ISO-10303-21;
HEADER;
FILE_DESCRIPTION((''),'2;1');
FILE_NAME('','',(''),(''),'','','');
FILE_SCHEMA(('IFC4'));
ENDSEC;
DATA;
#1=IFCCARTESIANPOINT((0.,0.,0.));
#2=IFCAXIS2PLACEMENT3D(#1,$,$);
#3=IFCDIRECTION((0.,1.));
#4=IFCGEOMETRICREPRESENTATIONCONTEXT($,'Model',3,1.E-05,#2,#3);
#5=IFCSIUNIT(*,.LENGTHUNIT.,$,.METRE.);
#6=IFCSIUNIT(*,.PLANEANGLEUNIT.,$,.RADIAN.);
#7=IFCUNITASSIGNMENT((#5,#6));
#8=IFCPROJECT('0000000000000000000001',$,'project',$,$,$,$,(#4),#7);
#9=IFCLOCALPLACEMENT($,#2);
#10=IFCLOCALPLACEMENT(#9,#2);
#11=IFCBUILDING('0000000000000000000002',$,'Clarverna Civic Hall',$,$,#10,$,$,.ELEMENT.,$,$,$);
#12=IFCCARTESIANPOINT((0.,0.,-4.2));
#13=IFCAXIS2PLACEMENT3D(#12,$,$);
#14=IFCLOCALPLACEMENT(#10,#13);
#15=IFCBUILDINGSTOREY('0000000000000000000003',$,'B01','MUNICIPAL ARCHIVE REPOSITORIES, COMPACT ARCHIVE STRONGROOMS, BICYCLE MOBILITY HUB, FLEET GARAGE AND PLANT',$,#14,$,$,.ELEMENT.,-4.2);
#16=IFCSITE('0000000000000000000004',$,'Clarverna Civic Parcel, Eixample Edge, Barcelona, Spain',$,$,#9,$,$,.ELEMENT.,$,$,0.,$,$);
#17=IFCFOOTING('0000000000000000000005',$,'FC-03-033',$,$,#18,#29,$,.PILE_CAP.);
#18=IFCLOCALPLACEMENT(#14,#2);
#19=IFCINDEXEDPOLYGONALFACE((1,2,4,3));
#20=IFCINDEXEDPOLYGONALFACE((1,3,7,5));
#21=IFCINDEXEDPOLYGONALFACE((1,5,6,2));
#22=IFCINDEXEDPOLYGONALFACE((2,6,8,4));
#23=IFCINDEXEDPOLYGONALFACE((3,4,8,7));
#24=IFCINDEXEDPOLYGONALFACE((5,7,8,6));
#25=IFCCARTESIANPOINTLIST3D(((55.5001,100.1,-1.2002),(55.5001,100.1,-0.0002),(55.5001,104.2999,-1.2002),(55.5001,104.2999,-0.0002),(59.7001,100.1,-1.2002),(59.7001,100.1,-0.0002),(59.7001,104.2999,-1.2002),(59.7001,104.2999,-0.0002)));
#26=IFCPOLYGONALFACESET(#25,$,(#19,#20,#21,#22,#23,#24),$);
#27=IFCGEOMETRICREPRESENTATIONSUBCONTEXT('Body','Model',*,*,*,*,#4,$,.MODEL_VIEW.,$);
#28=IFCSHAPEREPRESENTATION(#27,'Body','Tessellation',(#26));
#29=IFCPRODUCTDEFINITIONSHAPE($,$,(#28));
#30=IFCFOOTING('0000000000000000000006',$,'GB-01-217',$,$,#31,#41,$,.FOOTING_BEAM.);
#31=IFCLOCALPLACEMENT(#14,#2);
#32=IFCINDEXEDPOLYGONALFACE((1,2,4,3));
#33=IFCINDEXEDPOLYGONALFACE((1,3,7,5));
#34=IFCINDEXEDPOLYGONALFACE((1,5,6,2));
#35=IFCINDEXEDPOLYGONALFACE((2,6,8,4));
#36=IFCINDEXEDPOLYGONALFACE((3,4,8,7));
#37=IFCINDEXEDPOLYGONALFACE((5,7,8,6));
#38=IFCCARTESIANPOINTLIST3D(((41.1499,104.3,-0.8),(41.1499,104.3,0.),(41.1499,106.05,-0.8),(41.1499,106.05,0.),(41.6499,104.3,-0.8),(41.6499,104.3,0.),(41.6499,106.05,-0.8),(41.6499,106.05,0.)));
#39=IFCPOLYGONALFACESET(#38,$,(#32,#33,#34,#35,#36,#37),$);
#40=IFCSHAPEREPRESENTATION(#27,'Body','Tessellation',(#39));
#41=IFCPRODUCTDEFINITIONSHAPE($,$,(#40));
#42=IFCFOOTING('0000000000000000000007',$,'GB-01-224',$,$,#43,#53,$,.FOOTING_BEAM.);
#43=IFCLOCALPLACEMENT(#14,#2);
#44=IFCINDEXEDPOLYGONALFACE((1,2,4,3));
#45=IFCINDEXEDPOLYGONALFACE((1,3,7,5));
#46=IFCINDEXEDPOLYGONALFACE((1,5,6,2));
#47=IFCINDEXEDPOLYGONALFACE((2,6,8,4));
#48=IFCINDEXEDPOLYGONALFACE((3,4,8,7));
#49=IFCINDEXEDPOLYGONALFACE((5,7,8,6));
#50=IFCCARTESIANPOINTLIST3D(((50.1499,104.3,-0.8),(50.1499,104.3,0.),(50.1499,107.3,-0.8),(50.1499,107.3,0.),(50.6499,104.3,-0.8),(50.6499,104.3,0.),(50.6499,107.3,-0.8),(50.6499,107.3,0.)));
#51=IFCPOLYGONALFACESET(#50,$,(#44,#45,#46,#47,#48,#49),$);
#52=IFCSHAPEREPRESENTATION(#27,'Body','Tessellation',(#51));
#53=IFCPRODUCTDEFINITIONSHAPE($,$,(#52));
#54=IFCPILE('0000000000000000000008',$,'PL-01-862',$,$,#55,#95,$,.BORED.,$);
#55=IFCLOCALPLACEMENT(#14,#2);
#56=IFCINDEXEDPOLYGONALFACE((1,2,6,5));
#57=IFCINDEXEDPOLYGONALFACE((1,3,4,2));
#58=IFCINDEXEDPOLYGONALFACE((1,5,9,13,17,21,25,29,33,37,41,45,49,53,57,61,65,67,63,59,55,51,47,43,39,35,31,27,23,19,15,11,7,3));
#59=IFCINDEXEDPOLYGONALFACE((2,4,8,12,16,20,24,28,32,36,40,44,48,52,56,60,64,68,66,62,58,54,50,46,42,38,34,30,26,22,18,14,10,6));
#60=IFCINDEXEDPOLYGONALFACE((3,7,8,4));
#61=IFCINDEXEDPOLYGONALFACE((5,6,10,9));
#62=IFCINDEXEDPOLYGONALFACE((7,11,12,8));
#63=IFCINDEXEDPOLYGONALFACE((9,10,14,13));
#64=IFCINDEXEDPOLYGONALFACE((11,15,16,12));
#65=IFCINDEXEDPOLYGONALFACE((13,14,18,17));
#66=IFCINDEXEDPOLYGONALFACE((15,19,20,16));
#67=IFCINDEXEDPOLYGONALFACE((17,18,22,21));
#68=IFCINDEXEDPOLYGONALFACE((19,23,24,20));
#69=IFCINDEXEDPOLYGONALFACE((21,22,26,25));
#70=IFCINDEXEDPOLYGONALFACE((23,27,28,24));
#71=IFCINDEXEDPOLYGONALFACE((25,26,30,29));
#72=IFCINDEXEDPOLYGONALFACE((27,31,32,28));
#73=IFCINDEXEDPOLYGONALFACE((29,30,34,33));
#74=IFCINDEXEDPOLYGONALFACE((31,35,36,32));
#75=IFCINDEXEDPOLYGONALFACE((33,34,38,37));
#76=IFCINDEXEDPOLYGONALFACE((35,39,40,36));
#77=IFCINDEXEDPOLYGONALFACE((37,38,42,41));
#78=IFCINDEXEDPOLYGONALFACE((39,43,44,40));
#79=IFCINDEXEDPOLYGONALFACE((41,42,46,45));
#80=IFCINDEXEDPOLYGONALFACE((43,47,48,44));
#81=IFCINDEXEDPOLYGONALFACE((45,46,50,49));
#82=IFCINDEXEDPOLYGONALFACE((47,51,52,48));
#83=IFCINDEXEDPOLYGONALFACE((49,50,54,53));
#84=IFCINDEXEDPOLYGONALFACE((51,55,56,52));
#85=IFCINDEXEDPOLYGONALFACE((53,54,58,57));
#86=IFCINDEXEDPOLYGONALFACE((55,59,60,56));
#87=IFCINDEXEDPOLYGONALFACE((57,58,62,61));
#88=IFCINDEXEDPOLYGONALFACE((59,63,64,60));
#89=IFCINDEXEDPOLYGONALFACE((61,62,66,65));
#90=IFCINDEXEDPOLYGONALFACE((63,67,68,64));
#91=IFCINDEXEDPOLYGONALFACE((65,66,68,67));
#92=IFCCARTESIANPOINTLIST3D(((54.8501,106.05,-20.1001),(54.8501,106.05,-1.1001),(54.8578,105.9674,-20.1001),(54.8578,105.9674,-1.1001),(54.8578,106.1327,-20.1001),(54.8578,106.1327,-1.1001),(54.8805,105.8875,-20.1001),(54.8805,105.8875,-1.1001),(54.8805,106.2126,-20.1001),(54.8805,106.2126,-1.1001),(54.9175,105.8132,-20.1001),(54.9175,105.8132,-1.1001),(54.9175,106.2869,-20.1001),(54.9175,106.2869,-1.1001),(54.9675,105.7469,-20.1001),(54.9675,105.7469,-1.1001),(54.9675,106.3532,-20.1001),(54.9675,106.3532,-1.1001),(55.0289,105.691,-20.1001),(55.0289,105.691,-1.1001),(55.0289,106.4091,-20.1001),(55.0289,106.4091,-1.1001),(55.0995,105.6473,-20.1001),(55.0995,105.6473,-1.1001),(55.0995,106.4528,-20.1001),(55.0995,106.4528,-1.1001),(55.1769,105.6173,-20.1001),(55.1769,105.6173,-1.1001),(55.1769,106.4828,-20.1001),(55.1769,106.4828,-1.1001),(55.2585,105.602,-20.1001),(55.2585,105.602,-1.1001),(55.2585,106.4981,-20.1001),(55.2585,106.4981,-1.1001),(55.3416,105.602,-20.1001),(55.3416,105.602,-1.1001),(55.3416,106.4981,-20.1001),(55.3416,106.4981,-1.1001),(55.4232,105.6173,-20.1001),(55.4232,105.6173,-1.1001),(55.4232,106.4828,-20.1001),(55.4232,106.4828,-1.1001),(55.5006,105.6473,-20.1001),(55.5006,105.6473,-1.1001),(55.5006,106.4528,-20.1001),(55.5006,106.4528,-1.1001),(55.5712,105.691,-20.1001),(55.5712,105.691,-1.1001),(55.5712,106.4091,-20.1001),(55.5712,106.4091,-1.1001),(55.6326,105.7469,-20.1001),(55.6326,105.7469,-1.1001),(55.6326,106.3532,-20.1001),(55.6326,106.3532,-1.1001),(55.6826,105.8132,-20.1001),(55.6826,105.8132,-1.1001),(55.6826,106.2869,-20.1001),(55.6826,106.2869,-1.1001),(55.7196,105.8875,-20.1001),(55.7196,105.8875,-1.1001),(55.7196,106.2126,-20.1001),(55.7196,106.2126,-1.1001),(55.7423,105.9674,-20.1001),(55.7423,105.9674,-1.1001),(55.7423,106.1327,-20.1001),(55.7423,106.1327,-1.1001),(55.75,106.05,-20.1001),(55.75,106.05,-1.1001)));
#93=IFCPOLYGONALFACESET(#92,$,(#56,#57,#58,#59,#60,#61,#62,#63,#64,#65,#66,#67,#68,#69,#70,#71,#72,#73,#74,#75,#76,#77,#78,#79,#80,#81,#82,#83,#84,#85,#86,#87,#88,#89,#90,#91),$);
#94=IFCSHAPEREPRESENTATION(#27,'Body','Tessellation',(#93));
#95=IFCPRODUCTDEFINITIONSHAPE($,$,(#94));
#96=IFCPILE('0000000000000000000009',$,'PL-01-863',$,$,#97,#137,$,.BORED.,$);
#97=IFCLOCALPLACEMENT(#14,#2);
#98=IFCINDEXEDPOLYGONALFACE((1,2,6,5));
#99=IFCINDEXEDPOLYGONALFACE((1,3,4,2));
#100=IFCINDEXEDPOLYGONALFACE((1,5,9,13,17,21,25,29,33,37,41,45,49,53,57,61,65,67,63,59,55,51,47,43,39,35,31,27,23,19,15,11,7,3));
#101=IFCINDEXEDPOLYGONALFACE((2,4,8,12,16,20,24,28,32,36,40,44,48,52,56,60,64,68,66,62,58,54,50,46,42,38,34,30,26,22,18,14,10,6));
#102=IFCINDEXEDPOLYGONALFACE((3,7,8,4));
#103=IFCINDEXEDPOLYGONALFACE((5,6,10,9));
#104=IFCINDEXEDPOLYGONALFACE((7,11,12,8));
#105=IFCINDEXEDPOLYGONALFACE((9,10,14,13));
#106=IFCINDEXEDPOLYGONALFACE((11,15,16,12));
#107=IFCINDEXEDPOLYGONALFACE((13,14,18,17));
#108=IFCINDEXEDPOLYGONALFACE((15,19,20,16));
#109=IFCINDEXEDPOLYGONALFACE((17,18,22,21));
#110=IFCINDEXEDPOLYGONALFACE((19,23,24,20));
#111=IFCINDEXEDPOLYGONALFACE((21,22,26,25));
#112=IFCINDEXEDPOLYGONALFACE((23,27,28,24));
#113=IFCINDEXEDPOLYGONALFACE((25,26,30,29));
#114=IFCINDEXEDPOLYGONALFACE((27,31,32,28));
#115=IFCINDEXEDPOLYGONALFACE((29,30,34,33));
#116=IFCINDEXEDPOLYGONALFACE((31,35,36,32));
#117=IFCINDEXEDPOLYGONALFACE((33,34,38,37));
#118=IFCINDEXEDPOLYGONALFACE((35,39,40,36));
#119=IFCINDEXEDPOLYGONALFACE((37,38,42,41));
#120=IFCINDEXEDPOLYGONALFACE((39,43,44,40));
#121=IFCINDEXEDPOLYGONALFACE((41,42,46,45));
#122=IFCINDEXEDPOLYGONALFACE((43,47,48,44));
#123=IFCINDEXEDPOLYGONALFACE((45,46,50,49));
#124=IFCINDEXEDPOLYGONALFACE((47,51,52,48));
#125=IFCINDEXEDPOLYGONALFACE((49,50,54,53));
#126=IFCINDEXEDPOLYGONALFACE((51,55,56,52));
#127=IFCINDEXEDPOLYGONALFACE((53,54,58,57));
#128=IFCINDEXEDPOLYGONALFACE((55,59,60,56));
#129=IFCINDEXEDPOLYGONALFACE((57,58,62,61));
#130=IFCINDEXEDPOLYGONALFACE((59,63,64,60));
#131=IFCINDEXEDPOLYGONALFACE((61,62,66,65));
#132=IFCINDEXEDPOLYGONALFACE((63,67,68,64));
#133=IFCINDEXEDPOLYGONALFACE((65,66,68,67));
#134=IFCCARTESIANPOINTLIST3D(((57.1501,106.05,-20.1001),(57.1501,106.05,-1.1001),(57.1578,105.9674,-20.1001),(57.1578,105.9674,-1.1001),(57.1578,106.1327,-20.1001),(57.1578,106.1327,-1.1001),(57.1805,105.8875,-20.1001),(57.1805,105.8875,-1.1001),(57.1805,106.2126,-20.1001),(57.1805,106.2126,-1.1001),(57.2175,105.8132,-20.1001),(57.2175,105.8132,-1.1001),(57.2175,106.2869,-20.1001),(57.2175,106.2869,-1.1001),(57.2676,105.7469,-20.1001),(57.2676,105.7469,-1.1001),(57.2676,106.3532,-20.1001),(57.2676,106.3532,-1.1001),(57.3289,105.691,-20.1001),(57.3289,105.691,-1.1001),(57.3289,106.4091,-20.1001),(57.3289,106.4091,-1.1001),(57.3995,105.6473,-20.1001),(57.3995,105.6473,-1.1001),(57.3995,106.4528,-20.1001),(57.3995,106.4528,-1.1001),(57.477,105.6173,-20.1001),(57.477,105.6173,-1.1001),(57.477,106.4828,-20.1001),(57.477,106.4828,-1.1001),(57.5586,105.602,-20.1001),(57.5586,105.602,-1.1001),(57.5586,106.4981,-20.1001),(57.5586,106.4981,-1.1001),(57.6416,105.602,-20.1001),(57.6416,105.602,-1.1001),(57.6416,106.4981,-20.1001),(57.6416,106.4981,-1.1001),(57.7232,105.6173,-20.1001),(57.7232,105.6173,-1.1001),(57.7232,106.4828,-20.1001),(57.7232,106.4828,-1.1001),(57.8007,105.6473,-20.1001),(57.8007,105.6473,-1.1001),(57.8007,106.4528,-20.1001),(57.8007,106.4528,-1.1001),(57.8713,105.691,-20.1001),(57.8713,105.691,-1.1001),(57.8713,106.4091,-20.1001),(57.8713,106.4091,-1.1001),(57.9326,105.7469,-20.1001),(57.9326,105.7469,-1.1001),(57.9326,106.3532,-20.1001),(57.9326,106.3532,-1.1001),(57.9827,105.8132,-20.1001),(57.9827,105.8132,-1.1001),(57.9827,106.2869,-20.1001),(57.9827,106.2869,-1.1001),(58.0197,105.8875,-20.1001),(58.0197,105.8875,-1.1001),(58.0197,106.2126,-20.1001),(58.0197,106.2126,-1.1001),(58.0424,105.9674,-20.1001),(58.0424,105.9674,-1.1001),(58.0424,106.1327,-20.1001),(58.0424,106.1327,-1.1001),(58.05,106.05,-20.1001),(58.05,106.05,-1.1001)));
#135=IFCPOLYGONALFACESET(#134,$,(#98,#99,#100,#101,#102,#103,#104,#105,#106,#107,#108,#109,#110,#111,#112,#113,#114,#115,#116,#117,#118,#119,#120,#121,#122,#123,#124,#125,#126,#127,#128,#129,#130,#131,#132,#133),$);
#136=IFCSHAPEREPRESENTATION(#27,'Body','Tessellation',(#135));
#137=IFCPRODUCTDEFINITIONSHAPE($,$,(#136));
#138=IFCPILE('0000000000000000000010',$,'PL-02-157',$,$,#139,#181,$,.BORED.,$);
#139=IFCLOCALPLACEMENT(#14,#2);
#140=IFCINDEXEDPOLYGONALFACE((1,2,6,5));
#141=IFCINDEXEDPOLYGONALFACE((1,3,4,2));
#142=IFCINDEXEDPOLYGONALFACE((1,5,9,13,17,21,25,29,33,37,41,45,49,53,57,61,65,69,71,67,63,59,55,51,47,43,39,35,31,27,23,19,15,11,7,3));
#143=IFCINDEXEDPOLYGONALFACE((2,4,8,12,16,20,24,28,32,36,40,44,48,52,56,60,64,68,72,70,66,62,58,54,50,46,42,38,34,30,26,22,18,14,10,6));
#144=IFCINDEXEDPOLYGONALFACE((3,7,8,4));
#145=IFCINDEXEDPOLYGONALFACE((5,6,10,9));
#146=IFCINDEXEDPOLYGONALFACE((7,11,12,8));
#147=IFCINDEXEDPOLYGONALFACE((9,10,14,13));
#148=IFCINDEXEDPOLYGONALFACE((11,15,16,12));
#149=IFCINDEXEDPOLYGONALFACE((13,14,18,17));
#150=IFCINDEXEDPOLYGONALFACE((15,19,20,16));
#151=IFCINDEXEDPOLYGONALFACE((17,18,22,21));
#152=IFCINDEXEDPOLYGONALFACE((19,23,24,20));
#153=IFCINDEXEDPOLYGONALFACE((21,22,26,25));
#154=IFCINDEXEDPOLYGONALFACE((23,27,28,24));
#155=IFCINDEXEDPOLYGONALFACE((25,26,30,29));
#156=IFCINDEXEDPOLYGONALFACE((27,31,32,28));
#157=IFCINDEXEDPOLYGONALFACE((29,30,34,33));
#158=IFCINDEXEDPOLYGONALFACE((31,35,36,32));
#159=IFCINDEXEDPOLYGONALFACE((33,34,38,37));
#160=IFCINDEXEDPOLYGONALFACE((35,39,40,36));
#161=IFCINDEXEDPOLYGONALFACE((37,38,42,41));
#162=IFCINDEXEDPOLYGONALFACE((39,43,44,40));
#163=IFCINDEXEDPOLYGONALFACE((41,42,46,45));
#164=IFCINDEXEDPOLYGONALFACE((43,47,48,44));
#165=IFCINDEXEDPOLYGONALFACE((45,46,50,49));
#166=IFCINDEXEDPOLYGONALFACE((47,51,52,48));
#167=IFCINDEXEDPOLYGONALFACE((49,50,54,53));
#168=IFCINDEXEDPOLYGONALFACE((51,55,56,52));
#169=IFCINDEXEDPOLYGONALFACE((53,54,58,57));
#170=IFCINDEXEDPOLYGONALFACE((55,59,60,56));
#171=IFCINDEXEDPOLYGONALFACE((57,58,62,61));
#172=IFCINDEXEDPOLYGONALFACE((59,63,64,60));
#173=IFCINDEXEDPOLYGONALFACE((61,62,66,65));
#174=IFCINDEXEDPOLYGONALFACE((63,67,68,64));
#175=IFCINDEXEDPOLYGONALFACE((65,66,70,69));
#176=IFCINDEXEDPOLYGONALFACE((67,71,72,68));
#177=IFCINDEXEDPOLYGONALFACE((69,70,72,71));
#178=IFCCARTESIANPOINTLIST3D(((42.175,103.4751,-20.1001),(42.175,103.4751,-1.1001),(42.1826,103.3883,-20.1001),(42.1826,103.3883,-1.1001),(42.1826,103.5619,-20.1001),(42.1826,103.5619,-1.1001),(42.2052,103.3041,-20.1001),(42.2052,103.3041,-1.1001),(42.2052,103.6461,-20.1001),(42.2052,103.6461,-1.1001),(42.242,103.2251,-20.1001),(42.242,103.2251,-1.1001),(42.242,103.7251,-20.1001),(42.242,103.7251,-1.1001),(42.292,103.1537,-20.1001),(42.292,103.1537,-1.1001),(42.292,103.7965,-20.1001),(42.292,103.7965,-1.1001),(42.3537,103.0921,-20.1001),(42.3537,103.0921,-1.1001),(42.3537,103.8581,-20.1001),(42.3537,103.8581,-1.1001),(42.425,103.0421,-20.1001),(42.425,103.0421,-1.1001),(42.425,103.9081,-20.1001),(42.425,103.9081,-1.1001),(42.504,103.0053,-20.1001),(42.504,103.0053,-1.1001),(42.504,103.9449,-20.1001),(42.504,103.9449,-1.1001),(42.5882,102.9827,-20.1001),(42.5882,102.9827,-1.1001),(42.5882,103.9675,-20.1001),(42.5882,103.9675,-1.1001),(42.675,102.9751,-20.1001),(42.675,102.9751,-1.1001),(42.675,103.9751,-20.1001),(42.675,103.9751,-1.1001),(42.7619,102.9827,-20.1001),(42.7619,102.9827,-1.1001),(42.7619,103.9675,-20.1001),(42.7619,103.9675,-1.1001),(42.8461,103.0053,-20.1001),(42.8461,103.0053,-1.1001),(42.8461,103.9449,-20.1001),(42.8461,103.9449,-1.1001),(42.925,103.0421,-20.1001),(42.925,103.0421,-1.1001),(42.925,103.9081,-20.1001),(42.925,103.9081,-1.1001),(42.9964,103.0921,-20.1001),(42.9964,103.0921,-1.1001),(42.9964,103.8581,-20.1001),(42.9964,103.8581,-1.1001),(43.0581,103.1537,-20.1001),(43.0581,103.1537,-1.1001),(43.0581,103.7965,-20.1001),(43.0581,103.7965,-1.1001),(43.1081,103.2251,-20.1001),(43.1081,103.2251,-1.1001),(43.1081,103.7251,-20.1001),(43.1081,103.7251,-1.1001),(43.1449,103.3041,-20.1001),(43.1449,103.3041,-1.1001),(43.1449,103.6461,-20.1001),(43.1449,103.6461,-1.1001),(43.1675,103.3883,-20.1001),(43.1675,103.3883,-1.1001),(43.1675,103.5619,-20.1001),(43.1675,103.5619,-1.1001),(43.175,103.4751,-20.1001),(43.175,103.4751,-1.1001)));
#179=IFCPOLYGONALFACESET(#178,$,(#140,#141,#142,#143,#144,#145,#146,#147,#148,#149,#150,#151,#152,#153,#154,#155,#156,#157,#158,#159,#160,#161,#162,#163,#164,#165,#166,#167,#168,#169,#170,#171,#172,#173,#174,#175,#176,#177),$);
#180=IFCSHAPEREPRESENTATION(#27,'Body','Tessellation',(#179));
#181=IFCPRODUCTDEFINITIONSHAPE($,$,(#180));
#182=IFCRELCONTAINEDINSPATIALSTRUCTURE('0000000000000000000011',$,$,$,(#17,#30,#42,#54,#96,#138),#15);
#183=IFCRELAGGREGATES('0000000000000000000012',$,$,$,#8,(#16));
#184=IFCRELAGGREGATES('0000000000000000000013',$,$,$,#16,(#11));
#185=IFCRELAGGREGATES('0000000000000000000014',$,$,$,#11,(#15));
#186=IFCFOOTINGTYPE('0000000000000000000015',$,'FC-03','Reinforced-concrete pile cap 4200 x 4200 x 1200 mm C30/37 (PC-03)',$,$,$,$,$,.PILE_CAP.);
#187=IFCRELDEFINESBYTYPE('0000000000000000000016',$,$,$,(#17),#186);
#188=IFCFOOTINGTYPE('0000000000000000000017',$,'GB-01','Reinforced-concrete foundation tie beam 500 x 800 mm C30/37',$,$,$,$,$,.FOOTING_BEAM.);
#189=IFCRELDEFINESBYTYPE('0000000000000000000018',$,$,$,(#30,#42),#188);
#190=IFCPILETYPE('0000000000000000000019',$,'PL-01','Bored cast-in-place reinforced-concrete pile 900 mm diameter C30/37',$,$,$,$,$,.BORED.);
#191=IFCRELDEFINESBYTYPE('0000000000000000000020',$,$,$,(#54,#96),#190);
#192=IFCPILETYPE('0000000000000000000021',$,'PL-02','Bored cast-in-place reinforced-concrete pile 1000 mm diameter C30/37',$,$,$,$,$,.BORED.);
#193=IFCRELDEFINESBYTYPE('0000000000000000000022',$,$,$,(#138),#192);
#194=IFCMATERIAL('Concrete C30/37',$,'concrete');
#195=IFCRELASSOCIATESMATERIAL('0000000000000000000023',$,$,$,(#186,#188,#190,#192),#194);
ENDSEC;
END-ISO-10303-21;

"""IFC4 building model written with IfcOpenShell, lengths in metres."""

from ifc_helpers import new_model, si_unit, direction, frame, frame_2d, origin, origin_2d, place, context, subcontext, project, spatial, rectangle, circle, extrude, material, material_profile, profile_set, type_object, element, save


model = new_model("IFC4")

# Units and contexts
model_context = context("Model", 3, precision=1e-05, world=origin(), true_north=direction((0.0, 1.0)))
body_context = subcontext(model_context, "Body", "Model", "MODEL_VIEW")
ifc_project = project(units=[si_unit("LENGTHUNIT", "METRE"), si_unit("PLANEANGLEUNIT", "RADIAN")], contexts=[model_context])

# Site, building, storey
site_placement = place(None, origin())
site = spatial("IfcSite", under=ifc_project, at=site_placement, Name="Clarverna Civic Parcel, Eixample Edge, Barcelona, Spain", CompositionType="ELEMENT", RefElevation=0.0)
building_placement = place(site_placement, origin())
building = spatial("IfcBuilding", under=site, at=building_placement, Name="Clarverna Civic Hall", CompositionType="ELEMENT")
storey_placement = place(building_placement, frame((0.0, 0.0, -4.2)))
storey = spatial("IfcBuildingStorey", under=building, at=storey_placement, Name="B01", Description="MUNICIPAL ARCHIVE REPOSITORIES, COMPACT ARCHIVE STRONGROOMS, BICYCLE MOBILITY HUB, FLEET GARAGE AND PLANT", CompositionType="ELEMENT", Elevation=-4.2)

# Footings
ifc_material_1 = material(Name="Concrete C30/37", Category="concrete")
footing_type_1 = type_object("IfcFootingType", Name="FC-03", Description="Reinforced-concrete pile cap 4200 x 4200 x 1200 mm C30/37 (PC-03)", PredefinedType="PILE_CAP", material=ifc_material_1)
footing_1_placement = place(storey_placement, frame((57.6001, 102.2, -1.2002), z_axis=(0.0, 0.0, 1.0), x_axis=(1.0, 0.0, 0.0)))
element("IfcFooting", 1, at=footing_1_placement, inside=storey, type_object=footing_type_1, Name="FC-03-033", PredefinedType="PILE_CAP", context=body_context, shape_type="SweptSolid", body=[
    extrude(rectangle(XDim=4.2, YDim=4.2, at=origin_2d()), origin(), (0.0, 0.0, 1.0), 1.2),
])
footing_type_2 = type_object("IfcFootingType", Name="GB-01", Description="Reinforced-concrete foundation tie beam 500 x 800 mm C30/37", PredefinedType="FOOTING_BEAM", material=ifc_material_1)
footing_2_placement = place(storey_placement, frame((41.3999, 104.3, -0.8), z_axis=(0.0, 0.0, 1.0), x_axis=(0.0, 1.0, 0.0)))
element("IfcFooting", 2, at=footing_2_placement, inside=storey, type_object=footing_type_2, Name="GB-01-217", PredefinedType="FOOTING_BEAM", context=body_context, shape_type="SweptSolid", body=[
    extrude(rectangle(XDim=1.75, YDim=0.5, at=frame_2d((0.875, 0.0))), origin(), (0.0, 0.0, 1.0), 0.8),
])
footing_3_placement = place(storey_placement, frame((50.3999, 104.3, -0.8), z_axis=(0.0, 0.0, 1.0), x_axis=(0.0, 1.0, 0.0)))
element("IfcFooting", 3, at=footing_3_placement, inside=storey, type_object=footing_type_2, Name="GB-01-224", PredefinedType="FOOTING_BEAM", context=body_context, shape_type="SweptSolid", body=[
    extrude(rectangle(XDim=3.0, YDim=0.5, at=frame_2d((1.5, 0.0))), origin(), (0.0, 0.0, 1.0), 0.8),
])

# Piles
ifc_material_profile_1 = material_profile(ifc_material_1, circle(Radius=0.45, at=origin_2d()), Name="BORED PILE D900")
ifc_profile_set_1 = profile_set([ifc_material_profile_1], Name="Concrete C30/37")
pile_type_1 = type_object("IfcPileType", Name="PL-01", Description="Bored cast-in-place reinforced-concrete pile 900 mm diameter C30/37", PredefinedType="BORED", material=ifc_profile_set_1)
for number, where, z_axis, x_axis, name in (
    (4, (55.3, 106.05, -1.1001), (0.0, 0.0, -1.0), (1.0, 0.0, 0.0), "PL-01-862"),
    (5, (57.6001, 106.05, -1.1001), (0.0, 0.0, -1.0), (1.0, 0.0, 0.0), "PL-01-863"),
):
    element("IfcPile", number, at=place(storey_placement, frame(where, z_axis=z_axis, x_axis=x_axis)), inside=storey, type_object=pile_type_1, Name=name, PredefinedType="BORED", context=body_context, shape_type="SweptSolid", body=[
        extrude(circle(Radius=0.45, at=origin_2d()), origin(), (0.0, 0.0, 1.0), 19.0),
    ])
ifc_material_profile_2 = material_profile(ifc_material_1, circle(Radius=0.5, at=origin_2d()), Name="BORED PILE D1000")
ifc_profile_set_2 = profile_set([ifc_material_profile_2], Name="Concrete C30/37")
pile_type_2 = type_object("IfcPileType", Name="PL-02", Description="Bored cast-in-place reinforced-concrete pile 1000 mm diameter C30/37", PredefinedType="BORED", material=ifc_profile_set_2)
for number, where, z_axis, x_axis, name in (
    (6, (42.675, 103.4751, -1.1001), (0.0, 0.0, -1.0), (1.0, 0.0, 0.0), "PL-02-157"),
):
    element("IfcPile", number, at=place(storey_placement, frame(where, z_axis=z_axis, x_axis=x_axis)), inside=storey, type_object=pile_type_2, Name=name, PredefinedType="BORED", context=body_context, shape_type="SweptSolid", body=[
        extrude(circle(Radius=0.5, at=origin_2d()), origin(), (0.0, 0.0, 1.0), 19.0),
    ])

save(model, "model.ifc")
